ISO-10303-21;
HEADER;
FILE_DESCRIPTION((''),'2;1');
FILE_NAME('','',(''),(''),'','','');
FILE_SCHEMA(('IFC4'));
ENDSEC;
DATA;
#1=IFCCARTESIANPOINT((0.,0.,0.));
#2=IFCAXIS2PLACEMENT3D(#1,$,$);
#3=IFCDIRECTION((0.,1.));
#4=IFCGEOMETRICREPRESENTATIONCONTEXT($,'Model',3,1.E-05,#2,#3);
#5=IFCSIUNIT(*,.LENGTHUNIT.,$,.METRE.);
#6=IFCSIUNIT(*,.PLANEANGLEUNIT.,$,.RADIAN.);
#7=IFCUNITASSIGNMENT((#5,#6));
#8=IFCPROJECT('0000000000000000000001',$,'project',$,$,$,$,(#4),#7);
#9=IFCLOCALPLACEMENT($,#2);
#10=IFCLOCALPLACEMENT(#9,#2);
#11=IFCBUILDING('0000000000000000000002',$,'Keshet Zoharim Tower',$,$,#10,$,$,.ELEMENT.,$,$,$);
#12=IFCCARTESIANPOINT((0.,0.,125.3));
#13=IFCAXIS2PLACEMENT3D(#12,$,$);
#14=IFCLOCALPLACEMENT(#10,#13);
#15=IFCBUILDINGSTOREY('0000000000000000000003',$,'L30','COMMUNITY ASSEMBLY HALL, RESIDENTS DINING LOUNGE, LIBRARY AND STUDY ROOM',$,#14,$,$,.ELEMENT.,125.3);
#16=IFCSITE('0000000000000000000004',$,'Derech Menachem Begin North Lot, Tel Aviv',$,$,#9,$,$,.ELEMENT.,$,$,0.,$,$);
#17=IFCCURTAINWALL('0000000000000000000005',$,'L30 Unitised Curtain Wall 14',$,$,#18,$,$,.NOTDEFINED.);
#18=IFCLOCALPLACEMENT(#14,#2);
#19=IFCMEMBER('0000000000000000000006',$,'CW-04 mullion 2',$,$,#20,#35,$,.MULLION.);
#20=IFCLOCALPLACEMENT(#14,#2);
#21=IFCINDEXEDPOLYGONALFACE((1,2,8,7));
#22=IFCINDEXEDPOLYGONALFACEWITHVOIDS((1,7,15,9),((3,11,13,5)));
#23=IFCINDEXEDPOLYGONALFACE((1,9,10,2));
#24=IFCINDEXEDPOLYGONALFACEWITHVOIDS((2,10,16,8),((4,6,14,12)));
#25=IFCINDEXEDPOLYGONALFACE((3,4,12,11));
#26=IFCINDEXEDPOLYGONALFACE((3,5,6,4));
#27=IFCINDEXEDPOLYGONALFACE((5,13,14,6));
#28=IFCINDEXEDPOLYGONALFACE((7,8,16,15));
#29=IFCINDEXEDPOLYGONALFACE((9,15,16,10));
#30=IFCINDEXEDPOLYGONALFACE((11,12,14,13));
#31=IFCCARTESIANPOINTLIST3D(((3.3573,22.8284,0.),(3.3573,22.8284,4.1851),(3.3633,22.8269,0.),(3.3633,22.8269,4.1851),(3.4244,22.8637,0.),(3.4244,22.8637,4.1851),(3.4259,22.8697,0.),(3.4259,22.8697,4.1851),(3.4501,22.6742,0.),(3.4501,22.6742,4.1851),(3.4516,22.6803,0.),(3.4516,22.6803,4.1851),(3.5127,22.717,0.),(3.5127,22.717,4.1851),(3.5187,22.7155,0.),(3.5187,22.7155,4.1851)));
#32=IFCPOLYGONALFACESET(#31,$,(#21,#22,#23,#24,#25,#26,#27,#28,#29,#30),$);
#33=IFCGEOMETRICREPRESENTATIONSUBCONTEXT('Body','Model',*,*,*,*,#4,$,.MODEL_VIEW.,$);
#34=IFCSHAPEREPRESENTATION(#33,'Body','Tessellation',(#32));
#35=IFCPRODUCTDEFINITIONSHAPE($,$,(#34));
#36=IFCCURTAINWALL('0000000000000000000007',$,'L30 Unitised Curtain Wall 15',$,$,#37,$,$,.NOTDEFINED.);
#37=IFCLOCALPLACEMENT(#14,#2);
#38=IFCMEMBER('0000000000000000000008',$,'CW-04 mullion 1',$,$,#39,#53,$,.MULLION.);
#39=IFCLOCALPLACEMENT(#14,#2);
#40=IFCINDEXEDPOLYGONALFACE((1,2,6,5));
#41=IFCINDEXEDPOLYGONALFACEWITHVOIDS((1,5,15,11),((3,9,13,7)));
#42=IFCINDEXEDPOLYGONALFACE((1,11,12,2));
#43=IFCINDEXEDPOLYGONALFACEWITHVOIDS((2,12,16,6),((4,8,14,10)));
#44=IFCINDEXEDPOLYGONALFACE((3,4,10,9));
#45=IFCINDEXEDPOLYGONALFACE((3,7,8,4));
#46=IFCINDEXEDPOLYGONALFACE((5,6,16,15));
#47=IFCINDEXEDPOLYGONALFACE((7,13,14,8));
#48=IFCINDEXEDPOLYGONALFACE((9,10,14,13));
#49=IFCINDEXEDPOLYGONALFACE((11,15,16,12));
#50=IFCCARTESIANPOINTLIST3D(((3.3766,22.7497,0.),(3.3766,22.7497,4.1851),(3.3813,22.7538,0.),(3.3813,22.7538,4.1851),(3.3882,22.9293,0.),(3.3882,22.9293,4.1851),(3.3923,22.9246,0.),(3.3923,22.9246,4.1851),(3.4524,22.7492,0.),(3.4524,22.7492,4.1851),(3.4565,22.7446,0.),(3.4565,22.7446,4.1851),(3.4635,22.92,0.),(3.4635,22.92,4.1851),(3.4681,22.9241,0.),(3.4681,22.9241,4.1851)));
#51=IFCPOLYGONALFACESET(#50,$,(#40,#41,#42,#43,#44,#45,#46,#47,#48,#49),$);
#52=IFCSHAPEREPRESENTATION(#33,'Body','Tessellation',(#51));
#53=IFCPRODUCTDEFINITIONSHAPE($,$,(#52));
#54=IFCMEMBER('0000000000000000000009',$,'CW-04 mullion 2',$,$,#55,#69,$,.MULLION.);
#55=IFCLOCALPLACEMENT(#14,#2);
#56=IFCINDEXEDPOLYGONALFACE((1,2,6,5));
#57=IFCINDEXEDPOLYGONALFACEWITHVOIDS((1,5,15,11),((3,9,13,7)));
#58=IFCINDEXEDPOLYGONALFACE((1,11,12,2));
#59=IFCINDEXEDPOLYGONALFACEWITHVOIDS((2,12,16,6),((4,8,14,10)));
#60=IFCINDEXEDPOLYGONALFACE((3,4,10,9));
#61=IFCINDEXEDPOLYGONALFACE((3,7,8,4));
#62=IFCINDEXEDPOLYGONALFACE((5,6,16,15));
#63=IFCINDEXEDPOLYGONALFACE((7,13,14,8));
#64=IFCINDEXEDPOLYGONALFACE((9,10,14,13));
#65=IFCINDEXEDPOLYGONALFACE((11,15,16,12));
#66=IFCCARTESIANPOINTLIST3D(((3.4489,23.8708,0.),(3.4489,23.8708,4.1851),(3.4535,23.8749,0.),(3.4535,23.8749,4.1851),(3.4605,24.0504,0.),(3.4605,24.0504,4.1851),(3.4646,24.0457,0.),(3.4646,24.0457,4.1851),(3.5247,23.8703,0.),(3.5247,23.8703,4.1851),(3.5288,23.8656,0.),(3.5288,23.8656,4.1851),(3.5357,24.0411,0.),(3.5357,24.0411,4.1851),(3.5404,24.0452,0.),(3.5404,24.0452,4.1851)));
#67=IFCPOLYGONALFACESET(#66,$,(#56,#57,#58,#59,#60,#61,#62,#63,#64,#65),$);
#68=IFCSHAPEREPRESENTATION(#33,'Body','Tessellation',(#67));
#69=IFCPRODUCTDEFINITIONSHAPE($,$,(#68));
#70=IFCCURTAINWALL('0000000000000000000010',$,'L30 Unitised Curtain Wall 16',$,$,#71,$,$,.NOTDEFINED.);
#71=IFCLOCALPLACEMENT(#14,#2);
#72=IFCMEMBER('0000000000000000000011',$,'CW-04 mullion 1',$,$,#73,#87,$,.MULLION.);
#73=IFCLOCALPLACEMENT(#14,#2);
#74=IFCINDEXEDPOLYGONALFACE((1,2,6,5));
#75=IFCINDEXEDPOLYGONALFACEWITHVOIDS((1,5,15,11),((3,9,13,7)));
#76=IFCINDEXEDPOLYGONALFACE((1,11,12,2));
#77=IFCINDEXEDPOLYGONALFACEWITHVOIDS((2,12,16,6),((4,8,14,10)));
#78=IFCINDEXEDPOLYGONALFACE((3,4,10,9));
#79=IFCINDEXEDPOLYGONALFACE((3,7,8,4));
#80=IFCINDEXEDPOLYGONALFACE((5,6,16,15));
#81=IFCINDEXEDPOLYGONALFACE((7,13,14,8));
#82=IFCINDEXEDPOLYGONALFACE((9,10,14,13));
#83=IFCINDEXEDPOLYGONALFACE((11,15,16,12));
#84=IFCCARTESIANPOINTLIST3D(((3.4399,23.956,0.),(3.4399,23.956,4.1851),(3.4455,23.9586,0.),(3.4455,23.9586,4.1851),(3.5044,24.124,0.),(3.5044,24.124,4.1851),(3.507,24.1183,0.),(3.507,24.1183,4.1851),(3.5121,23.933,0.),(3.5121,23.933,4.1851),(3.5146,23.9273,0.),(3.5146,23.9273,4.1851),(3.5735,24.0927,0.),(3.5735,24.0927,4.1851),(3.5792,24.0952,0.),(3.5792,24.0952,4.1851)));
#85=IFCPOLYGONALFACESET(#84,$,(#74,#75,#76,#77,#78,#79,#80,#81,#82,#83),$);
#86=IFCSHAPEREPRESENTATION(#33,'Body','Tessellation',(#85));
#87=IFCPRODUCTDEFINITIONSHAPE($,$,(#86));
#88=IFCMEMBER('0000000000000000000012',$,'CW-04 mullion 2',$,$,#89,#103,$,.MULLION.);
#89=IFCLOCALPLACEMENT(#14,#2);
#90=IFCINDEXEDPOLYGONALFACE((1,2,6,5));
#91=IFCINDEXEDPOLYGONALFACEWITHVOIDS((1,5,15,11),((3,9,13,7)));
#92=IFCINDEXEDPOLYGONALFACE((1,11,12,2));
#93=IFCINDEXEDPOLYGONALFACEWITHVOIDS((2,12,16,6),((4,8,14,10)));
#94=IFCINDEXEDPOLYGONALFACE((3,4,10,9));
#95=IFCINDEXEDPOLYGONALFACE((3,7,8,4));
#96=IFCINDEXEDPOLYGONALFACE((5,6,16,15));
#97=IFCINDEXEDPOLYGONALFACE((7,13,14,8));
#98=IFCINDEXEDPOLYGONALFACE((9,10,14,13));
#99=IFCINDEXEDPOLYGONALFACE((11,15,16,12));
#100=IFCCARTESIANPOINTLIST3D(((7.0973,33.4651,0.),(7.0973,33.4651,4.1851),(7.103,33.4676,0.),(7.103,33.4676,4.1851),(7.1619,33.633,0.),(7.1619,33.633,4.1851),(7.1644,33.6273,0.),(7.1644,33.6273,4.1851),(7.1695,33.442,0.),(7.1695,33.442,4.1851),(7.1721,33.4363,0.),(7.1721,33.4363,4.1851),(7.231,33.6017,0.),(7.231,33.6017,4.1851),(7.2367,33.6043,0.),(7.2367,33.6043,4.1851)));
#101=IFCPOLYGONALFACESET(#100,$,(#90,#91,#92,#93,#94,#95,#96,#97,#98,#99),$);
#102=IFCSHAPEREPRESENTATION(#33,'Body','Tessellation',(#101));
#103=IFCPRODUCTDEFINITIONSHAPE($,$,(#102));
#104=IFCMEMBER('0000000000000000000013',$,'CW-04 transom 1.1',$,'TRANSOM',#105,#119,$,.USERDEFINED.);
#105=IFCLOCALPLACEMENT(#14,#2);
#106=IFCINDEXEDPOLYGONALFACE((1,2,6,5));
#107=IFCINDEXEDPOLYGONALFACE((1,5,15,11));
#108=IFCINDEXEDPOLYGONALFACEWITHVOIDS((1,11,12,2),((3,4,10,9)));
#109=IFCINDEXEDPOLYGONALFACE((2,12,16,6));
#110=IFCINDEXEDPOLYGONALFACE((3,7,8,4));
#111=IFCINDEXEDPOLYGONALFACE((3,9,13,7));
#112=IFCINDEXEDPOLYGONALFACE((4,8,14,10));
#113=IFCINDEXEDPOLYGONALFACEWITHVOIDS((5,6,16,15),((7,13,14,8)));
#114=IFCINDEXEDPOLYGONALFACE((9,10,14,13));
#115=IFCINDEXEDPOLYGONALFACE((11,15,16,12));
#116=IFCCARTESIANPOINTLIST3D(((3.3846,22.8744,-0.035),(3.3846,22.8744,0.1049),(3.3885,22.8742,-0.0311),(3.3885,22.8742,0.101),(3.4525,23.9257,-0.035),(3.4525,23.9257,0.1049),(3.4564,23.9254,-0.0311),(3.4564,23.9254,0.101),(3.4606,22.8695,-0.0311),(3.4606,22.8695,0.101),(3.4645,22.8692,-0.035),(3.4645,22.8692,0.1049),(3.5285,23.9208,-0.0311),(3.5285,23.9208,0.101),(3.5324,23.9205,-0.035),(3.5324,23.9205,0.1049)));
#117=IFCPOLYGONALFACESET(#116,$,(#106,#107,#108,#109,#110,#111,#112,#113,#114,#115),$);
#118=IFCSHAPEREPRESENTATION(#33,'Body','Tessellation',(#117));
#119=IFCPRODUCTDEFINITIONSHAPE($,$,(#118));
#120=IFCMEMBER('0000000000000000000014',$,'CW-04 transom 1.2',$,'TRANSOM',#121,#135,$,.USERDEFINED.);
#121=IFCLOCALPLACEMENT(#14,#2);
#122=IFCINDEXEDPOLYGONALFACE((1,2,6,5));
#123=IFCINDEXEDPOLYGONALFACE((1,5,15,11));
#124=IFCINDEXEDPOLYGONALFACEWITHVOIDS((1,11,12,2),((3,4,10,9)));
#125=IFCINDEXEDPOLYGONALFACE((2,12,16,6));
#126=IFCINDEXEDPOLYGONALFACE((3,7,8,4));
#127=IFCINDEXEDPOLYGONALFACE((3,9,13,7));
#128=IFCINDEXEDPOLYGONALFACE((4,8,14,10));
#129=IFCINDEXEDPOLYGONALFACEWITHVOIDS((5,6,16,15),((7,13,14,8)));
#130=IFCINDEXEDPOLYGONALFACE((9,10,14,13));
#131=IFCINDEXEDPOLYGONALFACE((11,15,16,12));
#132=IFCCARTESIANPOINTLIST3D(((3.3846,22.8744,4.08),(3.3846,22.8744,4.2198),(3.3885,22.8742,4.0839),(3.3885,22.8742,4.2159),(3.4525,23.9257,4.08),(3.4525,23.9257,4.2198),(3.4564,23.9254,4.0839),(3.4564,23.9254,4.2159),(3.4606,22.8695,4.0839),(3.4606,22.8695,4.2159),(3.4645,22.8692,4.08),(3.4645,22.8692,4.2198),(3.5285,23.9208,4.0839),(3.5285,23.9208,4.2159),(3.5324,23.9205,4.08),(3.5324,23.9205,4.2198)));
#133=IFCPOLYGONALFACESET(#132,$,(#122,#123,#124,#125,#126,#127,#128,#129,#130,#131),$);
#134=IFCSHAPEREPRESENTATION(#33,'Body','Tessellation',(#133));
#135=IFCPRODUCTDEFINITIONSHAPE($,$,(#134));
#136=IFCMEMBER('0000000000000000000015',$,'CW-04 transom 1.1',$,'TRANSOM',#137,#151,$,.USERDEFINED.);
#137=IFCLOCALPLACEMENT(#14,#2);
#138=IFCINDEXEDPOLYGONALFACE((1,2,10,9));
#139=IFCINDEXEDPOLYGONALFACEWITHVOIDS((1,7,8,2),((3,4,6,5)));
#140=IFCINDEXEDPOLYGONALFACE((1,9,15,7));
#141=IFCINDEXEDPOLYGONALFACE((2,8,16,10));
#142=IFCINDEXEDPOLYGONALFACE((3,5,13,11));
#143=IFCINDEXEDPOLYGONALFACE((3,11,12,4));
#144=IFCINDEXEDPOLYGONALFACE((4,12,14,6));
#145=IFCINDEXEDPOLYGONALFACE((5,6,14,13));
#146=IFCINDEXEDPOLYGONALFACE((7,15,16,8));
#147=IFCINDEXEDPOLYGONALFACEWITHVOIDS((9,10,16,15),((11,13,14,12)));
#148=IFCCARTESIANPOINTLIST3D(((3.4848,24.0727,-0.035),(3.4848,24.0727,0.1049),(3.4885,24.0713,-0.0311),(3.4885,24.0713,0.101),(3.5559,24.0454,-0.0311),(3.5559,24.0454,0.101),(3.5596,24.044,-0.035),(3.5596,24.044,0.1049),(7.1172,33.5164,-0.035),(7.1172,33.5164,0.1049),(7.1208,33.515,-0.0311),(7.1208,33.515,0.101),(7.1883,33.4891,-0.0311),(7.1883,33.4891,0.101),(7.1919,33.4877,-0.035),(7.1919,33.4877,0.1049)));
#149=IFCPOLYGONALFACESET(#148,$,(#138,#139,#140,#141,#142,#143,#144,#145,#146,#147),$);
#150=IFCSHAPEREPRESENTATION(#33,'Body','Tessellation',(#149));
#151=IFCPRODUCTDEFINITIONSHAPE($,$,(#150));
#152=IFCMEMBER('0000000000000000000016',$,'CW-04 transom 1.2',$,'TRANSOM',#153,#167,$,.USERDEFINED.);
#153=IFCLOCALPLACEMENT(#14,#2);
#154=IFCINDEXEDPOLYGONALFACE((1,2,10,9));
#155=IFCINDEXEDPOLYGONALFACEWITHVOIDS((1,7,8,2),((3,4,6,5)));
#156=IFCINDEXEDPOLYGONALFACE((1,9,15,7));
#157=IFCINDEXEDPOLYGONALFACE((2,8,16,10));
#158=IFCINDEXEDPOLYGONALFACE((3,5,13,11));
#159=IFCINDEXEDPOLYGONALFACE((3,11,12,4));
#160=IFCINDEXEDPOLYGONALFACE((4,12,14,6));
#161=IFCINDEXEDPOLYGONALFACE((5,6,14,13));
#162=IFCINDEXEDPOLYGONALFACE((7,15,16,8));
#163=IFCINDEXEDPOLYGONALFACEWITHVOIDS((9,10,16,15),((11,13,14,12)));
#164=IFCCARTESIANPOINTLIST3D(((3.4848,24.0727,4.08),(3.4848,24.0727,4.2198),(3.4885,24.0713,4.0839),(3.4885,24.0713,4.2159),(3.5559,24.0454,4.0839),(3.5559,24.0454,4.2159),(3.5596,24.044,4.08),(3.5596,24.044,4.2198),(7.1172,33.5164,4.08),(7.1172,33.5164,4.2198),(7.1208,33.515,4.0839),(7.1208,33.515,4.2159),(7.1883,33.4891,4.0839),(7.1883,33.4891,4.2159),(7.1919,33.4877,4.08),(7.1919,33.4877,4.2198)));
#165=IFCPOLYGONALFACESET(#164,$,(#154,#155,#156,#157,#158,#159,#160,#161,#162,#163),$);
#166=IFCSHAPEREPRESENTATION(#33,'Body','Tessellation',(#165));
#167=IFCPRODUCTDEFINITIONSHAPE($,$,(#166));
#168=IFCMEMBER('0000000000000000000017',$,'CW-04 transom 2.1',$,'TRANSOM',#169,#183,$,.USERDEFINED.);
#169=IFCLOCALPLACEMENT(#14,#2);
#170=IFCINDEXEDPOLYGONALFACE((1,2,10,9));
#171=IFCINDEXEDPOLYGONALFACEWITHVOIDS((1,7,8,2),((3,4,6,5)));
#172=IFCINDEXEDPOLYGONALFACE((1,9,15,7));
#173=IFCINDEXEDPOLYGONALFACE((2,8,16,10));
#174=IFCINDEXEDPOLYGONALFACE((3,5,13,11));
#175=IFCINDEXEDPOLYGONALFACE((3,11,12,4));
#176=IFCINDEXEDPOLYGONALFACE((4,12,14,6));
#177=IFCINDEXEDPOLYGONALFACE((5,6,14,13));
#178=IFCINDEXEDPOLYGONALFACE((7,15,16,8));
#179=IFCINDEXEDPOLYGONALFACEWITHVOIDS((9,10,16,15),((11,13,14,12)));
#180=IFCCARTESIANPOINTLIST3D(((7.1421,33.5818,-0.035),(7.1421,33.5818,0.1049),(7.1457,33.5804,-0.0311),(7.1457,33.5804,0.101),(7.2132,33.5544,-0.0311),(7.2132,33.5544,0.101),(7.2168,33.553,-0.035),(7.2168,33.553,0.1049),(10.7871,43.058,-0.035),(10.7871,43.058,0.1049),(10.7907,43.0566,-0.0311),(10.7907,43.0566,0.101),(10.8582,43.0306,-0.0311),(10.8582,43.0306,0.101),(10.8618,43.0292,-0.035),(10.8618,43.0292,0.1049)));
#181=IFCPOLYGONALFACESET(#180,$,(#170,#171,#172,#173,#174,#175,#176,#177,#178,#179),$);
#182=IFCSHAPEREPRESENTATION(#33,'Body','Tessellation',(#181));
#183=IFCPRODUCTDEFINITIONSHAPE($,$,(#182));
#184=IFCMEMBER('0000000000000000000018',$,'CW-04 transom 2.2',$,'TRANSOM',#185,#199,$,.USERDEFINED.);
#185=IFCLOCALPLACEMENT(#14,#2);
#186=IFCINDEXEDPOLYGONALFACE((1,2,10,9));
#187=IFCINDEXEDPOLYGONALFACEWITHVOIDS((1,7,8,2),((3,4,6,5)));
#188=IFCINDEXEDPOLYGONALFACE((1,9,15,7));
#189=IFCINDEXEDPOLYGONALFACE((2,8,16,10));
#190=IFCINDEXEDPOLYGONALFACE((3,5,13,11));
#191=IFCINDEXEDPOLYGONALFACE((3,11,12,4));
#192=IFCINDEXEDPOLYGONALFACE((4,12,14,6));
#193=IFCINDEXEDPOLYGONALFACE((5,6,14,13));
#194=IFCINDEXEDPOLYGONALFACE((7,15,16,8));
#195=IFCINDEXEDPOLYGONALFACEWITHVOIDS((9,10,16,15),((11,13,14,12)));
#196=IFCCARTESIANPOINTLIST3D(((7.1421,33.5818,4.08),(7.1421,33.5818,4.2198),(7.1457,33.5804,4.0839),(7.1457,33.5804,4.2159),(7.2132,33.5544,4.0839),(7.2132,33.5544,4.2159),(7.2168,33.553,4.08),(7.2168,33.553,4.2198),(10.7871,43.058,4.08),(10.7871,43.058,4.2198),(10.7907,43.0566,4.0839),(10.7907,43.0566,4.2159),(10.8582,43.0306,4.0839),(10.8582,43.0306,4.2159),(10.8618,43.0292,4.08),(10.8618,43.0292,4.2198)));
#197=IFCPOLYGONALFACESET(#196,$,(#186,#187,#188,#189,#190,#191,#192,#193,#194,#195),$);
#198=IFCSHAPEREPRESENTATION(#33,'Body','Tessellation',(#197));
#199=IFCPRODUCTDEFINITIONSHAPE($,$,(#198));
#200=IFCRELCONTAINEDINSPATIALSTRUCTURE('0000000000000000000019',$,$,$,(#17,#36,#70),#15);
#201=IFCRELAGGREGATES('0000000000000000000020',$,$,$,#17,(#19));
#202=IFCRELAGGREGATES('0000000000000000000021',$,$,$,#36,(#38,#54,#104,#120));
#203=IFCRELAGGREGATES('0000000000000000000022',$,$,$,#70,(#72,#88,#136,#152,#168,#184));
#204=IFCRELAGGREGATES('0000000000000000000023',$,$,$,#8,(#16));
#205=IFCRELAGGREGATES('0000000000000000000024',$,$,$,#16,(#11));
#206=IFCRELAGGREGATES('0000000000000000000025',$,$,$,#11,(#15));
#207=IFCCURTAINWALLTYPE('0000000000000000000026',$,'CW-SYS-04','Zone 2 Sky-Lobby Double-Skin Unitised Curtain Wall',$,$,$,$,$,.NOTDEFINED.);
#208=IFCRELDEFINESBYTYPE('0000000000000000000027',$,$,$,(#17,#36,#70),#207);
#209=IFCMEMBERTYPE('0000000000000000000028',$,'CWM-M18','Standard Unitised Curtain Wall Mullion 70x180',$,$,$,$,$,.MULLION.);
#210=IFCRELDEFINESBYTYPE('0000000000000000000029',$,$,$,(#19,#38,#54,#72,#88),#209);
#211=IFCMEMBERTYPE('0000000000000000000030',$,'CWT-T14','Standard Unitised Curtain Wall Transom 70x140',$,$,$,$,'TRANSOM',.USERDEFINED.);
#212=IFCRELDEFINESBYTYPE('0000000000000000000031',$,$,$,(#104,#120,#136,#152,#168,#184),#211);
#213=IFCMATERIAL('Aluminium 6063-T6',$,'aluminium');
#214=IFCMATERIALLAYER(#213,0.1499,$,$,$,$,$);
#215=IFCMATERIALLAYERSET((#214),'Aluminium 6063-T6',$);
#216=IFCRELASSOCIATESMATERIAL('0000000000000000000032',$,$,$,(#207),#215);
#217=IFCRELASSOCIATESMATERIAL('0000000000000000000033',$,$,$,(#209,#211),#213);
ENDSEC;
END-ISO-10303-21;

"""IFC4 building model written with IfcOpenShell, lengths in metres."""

from ifc_helpers import new_model, si_unit, direction, frame, origin, origin_2d, place, context, subcontext, project, spatial, hollow_rectangle, extrude, material, layer, layer_set, material_profile, profile_set, type_object, element, aggregate, save


model = new_model("IFC4")

# Units and contexts
model_context = context("Model", 3, precision=1e-05, world=origin(), true_north=direction((0.0, 1.0)))
body_context = subcontext(model_context, "Body", "Model", "MODEL_VIEW")
ifc_project = project(units=[si_unit("LENGTHUNIT", "METRE"), si_unit("PLANEANGLEUNIT", "RADIAN")], contexts=[model_context])

# Site, building, storey
site_placement = place(None, origin())
site = spatial("IfcSite", under=ifc_project, at=site_placement, Name="Derech Menachem Begin North Lot, Tel Aviv", CompositionType="ELEMENT", RefElevation=0.0)
building_placement = place(site_placement, origin())
building = spatial("IfcBuilding", under=site, at=building_placement, Name="Keshet Zoharim Tower", CompositionType="ELEMENT")
storey_placement = place(building_placement, frame((0.0, 0.0, 125.3)))
storey = spatial("IfcBuildingStorey", under=building, at=storey_placement, Name="L30", Description="COMMUNITY ASSEMBLY HALL, RESIDENTS DINING LOUNGE, LIBRARY AND STUDY ROOM", CompositionType="ELEMENT", Elevation=125.3)

# Curtain wall, member
ifc_material_1 = material(Name="Aluminium 6063-T6", Category="aluminium")
ifc_layer_1 = layer(ifc_material_1, 0.1499)
ifc_layer_set_1 = layer_set([ifc_layer_1], Name="Aluminium 6063-T6")
curtain_wall_type = type_object("IfcCurtainWallType", Name="CW-SYS-04", Description="Zone 2 Sky-Lobby Double-Skin Unitised Curtain Wall", PredefinedType="NOTDEFINED", material=ifc_layer_set_1)
curtain_wall_1_placement = place(storey_placement, origin())
curtain_wall_1 = element("IfcCurtainWall", 1, at=curtain_wall_1_placement, inside=storey, type_object=curtain_wall_type, Name="L30 Unitised Curtain Wall 14", PredefinedType="NOTDEFINED")
ifc_material_profile_1 = material_profile(ifc_material_1, hollow_rectangle(XDim=0.0801, YDim=0.1799, WallThickness=0.0044, at=origin_2d()), Name="MUL-80x180")
ifc_profile_set_1 = profile_set([ifc_material_profile_1], Name="Aluminium 6063-T6")
member_type_1 = type_object("IfcMemberType", Name="CWM-M18", Description="Standard Unitised Curtain Wall Mullion 70x180", PredefinedType="MULLION", material=ifc_profile_set_1)
member_1_placement = place(storey_placement, frame((3.438, 22.772, 0.0), z_axis=(0.0, 0.0, 1.0), x_axis=(-0.856826, -0.515605, 0.0)))
member_1 = element("IfcMember", 2, at=member_1_placement, type_object=member_type_1, Name="CW-04 mullion 2", PredefinedType="MULLION", context=body_context, shape_type="SweptSolid", body=[
    extrude(hollow_rectangle(XDim=0.0801, YDim=0.1799, WallThickness=0.0044, at=origin_2d()), origin(), (0.0, 0.0, 1.0), 4.1851),
])
aggregate(curtain_wall_1, [member_1])

# Curtain walls, members
curtain_wall_2_placement = place(storey_placement, origin())
curtain_wall_2 = element("IfcCurtainWall", 3, at=curtain_wall_2_placement, inside=storey, type_object=curtain_wall_type, Name="L30 Unitised Curtain Wall 15", PredefinedType="NOTDEFINED")
member_2_placement = place(storey_placement, frame((3.4224, 22.8369, 0.0), z_axis=(0.0, 0.0, 1.0), x_axis=(-0.997917, 0.064517, 0.0)))
member_2 = element("IfcMember", 4, at=member_2_placement, type_object=member_type_1, Name="CW-04 mullion 1", PredefinedType="MULLION", context=body_context, shape_type="SweptSolid", body=[
    extrude(hollow_rectangle(XDim=0.0801, YDim=0.1799, WallThickness=0.0044, at=origin_2d()), origin(), (0.0, 0.0, 1.0), 4.1851),
])
member_3_placement = place(storey_placement, frame((3.4946, 23.958, 0.0), z_axis=(0.0, 0.0, 1.0), x_axis=(-0.997917, 0.064517, 0.0)))
member_3 = element("IfcMember", 5, at=member_3_placement, type_object=member_type_1, Name="CW-04 mullion 2", PredefinedType="MULLION", context=body_context, shape_type="SweptSolid", body=[
    extrude(hollow_rectangle(XDim=0.0801, YDim=0.1799, WallThickness=0.0044, at=origin_2d()), origin(), (0.0, 0.0, 1.0), 4.1851),
])
curtain_wall_3_placement = place(storey_placement, origin())
curtain_wall_3 = element("IfcCurtainWall", 6, at=curtain_wall_3_placement, inside=storey, type_object=curtain_wall_type, Name="L30 Unitised Curtain Wall 16", PredefinedType="NOTDEFINED")
member_4_placement = place(storey_placement, frame((3.5095, 24.0256, 0.0), z_axis=(0.0, 0.0, 1.0), x_axis=(-0.933341, 0.35899, 0.0)))
member_4 = element("IfcMember", 7, at=member_4_placement, type_object=member_type_1, Name="CW-04 mullion 1", PredefinedType="MULLION", context=body_context, shape_type="SweptSolid", body=[
    extrude(hollow_rectangle(XDim=0.0801, YDim=0.1799, WallThickness=0.0044, at=origin_2d()), origin(), (0.0, 0.0, 1.0), 4.1851),
])
member_5_placement = place(storey_placement, frame((7.167, 33.5347, 0.0), z_axis=(0.0, 0.0, 1.0), x_axis=(-0.933341, 0.35899, 0.0)))
member_5 = element("IfcMember", 8, at=member_5_placement, type_object=member_type_1, Name="CW-04 mullion 2", PredefinedType="MULLION", context=body_context, shape_type="SweptSolid", body=[
    extrude(hollow_rectangle(XDim=0.0801, YDim=0.1799, WallThickness=0.0044, at=origin_2d()), origin(), (0.0, 0.0, 1.0), 4.1851),
])

# Members
ifc_material_profile_2 = material_profile(ifc_material_1, hollow_rectangle(XDim=0.0801, YDim=0.1399, WallThickness=0.0039, at=origin_2d()), Name="TRN-80x140")
ifc_profile_set_2 = profile_set([ifc_material_profile_2], Name="Aluminium 6063-T6")
member_type_2 = type_object("IfcMemberType", Name="CWT-T14", Description="Standard Unitised Curtain Wall Transom 70x140", ElementType="TRANSOM", PredefinedType="USERDEFINED", material=ifc_profile_set_2)
member_6_placement = place(storey_placement, frame((3.4246, 22.8718, 0.0349), z_axis=(0.064427, 0.997922, 0.0), x_axis=(-0.997922, 0.064427, 0.0)))
member_6 = element("IfcMember", 9, at=member_6_placement, type_object=member_type_2, Name="CW-04 transom 1.1", ObjectType="TRANSOM", PredefinedType="USERDEFINED", context=body_context, shape_type="SweptSolid", body=[
    extrude(hollow_rectangle(XDim=0.0801, YDim=0.1399, WallThickness=0.0039, at=origin_2d()), origin(), (0.0, 0.0, 1.0), 1.0535),
])
member_7_placement = place(storey_placement, frame((3.4246, 22.8718, 4.1499), z_axis=(0.064427, 0.997922, 0.0), x_axis=(-0.997922, 0.064427, 0.0)))
member_7 = element("IfcMember", 10, at=member_7_placement, type_object=member_type_2, Name="CW-04 transom 1.2", ObjectType="TRANSOM", PredefinedType="USERDEFINED", context=body_context, shape_type="SweptSolid", body=[
    extrude(hollow_rectangle(XDim=0.0801, YDim=0.1399, WallThickness=0.0039, at=origin_2d()), origin(), (0.0, 0.0, 1.0), 1.0535),
])
member_8_placement = place(storey_placement, frame((3.5222, 24.0583, 0.0349), z_axis=(0.358994, 0.93334, 0.0), x_axis=(-0.93334, 0.358994, 0.0)))
member_8 = element("IfcMember", 11, at=member_8_placement, type_object=member_type_2, Name="CW-04 transom 1.1", ObjectType="TRANSOM", PredefinedType="USERDEFINED", context=body_context, shape_type="SweptSolid", body=[
    extrude(hollow_rectangle(XDim=0.0801, YDim=0.1399, WallThickness=0.0039, at=origin_2d()), origin(), (0.0, 0.0, 1.0), 10.1182),
])
member_9_placement = place(storey_placement, frame((3.5222, 24.0583, 4.1499), z_axis=(0.358994, 0.93334, 0.0), x_axis=(-0.93334, 0.358994, 0.0)))
member_9 = element("IfcMember", 12, at=member_9_placement, type_object=member_type_2, Name="CW-04 transom 1.2", ObjectType="TRANSOM", PredefinedType="USERDEFINED", context=body_context, shape_type="SweptSolid", body=[
    extrude(hollow_rectangle(XDim=0.0801, YDim=0.1399, WallThickness=0.0039, at=origin_2d()), origin(), (0.0, 0.0, 1.0), 10.1182),
])
member_10_placement = place(storey_placement, frame((7.1794, 33.5674, 0.0349), z_axis=(0.359003, 0.933336, 0.0), x_axis=(-0.933336, 0.359003, 0.0)))
member_10 = element("IfcMember", 13, at=member_10_placement, type_object=member_type_2, Name="CW-04 transom 2.1", ObjectType="TRANSOM", PredefinedType="USERDEFINED", context=body_context, shape_type="SweptSolid", body=[
    extrude(hollow_rectangle(XDim=0.0801, YDim=0.1399, WallThickness=0.0039, at=origin_2d()), origin(), (0.0, 0.0, 1.0), 10.1531),
])
member_11_placement = place(storey_placement, frame((7.1794, 33.5674, 4.1499), z_axis=(0.359003, 0.933336, 0.0), x_axis=(-0.933336, 0.359003, 0.0)))
member_11 = element("IfcMember", 14, at=member_11_placement, type_object=member_type_2, Name="CW-04 transom 2.2", ObjectType="TRANSOM", PredefinedType="USERDEFINED", context=body_context, shape_type="SweptSolid", body=[
    extrude(hollow_rectangle(XDim=0.0801, YDim=0.1399, WallThickness=0.0039, at=origin_2d()), origin(), (0.0, 0.0, 1.0), 10.1531),
])

aggregate(curtain_wall_2, [member_2, member_3, member_6, member_7])
aggregate(curtain_wall_3, [member_4, member_5, member_8, member_9, member_10, member_11])

save(model, "model.ifc")
